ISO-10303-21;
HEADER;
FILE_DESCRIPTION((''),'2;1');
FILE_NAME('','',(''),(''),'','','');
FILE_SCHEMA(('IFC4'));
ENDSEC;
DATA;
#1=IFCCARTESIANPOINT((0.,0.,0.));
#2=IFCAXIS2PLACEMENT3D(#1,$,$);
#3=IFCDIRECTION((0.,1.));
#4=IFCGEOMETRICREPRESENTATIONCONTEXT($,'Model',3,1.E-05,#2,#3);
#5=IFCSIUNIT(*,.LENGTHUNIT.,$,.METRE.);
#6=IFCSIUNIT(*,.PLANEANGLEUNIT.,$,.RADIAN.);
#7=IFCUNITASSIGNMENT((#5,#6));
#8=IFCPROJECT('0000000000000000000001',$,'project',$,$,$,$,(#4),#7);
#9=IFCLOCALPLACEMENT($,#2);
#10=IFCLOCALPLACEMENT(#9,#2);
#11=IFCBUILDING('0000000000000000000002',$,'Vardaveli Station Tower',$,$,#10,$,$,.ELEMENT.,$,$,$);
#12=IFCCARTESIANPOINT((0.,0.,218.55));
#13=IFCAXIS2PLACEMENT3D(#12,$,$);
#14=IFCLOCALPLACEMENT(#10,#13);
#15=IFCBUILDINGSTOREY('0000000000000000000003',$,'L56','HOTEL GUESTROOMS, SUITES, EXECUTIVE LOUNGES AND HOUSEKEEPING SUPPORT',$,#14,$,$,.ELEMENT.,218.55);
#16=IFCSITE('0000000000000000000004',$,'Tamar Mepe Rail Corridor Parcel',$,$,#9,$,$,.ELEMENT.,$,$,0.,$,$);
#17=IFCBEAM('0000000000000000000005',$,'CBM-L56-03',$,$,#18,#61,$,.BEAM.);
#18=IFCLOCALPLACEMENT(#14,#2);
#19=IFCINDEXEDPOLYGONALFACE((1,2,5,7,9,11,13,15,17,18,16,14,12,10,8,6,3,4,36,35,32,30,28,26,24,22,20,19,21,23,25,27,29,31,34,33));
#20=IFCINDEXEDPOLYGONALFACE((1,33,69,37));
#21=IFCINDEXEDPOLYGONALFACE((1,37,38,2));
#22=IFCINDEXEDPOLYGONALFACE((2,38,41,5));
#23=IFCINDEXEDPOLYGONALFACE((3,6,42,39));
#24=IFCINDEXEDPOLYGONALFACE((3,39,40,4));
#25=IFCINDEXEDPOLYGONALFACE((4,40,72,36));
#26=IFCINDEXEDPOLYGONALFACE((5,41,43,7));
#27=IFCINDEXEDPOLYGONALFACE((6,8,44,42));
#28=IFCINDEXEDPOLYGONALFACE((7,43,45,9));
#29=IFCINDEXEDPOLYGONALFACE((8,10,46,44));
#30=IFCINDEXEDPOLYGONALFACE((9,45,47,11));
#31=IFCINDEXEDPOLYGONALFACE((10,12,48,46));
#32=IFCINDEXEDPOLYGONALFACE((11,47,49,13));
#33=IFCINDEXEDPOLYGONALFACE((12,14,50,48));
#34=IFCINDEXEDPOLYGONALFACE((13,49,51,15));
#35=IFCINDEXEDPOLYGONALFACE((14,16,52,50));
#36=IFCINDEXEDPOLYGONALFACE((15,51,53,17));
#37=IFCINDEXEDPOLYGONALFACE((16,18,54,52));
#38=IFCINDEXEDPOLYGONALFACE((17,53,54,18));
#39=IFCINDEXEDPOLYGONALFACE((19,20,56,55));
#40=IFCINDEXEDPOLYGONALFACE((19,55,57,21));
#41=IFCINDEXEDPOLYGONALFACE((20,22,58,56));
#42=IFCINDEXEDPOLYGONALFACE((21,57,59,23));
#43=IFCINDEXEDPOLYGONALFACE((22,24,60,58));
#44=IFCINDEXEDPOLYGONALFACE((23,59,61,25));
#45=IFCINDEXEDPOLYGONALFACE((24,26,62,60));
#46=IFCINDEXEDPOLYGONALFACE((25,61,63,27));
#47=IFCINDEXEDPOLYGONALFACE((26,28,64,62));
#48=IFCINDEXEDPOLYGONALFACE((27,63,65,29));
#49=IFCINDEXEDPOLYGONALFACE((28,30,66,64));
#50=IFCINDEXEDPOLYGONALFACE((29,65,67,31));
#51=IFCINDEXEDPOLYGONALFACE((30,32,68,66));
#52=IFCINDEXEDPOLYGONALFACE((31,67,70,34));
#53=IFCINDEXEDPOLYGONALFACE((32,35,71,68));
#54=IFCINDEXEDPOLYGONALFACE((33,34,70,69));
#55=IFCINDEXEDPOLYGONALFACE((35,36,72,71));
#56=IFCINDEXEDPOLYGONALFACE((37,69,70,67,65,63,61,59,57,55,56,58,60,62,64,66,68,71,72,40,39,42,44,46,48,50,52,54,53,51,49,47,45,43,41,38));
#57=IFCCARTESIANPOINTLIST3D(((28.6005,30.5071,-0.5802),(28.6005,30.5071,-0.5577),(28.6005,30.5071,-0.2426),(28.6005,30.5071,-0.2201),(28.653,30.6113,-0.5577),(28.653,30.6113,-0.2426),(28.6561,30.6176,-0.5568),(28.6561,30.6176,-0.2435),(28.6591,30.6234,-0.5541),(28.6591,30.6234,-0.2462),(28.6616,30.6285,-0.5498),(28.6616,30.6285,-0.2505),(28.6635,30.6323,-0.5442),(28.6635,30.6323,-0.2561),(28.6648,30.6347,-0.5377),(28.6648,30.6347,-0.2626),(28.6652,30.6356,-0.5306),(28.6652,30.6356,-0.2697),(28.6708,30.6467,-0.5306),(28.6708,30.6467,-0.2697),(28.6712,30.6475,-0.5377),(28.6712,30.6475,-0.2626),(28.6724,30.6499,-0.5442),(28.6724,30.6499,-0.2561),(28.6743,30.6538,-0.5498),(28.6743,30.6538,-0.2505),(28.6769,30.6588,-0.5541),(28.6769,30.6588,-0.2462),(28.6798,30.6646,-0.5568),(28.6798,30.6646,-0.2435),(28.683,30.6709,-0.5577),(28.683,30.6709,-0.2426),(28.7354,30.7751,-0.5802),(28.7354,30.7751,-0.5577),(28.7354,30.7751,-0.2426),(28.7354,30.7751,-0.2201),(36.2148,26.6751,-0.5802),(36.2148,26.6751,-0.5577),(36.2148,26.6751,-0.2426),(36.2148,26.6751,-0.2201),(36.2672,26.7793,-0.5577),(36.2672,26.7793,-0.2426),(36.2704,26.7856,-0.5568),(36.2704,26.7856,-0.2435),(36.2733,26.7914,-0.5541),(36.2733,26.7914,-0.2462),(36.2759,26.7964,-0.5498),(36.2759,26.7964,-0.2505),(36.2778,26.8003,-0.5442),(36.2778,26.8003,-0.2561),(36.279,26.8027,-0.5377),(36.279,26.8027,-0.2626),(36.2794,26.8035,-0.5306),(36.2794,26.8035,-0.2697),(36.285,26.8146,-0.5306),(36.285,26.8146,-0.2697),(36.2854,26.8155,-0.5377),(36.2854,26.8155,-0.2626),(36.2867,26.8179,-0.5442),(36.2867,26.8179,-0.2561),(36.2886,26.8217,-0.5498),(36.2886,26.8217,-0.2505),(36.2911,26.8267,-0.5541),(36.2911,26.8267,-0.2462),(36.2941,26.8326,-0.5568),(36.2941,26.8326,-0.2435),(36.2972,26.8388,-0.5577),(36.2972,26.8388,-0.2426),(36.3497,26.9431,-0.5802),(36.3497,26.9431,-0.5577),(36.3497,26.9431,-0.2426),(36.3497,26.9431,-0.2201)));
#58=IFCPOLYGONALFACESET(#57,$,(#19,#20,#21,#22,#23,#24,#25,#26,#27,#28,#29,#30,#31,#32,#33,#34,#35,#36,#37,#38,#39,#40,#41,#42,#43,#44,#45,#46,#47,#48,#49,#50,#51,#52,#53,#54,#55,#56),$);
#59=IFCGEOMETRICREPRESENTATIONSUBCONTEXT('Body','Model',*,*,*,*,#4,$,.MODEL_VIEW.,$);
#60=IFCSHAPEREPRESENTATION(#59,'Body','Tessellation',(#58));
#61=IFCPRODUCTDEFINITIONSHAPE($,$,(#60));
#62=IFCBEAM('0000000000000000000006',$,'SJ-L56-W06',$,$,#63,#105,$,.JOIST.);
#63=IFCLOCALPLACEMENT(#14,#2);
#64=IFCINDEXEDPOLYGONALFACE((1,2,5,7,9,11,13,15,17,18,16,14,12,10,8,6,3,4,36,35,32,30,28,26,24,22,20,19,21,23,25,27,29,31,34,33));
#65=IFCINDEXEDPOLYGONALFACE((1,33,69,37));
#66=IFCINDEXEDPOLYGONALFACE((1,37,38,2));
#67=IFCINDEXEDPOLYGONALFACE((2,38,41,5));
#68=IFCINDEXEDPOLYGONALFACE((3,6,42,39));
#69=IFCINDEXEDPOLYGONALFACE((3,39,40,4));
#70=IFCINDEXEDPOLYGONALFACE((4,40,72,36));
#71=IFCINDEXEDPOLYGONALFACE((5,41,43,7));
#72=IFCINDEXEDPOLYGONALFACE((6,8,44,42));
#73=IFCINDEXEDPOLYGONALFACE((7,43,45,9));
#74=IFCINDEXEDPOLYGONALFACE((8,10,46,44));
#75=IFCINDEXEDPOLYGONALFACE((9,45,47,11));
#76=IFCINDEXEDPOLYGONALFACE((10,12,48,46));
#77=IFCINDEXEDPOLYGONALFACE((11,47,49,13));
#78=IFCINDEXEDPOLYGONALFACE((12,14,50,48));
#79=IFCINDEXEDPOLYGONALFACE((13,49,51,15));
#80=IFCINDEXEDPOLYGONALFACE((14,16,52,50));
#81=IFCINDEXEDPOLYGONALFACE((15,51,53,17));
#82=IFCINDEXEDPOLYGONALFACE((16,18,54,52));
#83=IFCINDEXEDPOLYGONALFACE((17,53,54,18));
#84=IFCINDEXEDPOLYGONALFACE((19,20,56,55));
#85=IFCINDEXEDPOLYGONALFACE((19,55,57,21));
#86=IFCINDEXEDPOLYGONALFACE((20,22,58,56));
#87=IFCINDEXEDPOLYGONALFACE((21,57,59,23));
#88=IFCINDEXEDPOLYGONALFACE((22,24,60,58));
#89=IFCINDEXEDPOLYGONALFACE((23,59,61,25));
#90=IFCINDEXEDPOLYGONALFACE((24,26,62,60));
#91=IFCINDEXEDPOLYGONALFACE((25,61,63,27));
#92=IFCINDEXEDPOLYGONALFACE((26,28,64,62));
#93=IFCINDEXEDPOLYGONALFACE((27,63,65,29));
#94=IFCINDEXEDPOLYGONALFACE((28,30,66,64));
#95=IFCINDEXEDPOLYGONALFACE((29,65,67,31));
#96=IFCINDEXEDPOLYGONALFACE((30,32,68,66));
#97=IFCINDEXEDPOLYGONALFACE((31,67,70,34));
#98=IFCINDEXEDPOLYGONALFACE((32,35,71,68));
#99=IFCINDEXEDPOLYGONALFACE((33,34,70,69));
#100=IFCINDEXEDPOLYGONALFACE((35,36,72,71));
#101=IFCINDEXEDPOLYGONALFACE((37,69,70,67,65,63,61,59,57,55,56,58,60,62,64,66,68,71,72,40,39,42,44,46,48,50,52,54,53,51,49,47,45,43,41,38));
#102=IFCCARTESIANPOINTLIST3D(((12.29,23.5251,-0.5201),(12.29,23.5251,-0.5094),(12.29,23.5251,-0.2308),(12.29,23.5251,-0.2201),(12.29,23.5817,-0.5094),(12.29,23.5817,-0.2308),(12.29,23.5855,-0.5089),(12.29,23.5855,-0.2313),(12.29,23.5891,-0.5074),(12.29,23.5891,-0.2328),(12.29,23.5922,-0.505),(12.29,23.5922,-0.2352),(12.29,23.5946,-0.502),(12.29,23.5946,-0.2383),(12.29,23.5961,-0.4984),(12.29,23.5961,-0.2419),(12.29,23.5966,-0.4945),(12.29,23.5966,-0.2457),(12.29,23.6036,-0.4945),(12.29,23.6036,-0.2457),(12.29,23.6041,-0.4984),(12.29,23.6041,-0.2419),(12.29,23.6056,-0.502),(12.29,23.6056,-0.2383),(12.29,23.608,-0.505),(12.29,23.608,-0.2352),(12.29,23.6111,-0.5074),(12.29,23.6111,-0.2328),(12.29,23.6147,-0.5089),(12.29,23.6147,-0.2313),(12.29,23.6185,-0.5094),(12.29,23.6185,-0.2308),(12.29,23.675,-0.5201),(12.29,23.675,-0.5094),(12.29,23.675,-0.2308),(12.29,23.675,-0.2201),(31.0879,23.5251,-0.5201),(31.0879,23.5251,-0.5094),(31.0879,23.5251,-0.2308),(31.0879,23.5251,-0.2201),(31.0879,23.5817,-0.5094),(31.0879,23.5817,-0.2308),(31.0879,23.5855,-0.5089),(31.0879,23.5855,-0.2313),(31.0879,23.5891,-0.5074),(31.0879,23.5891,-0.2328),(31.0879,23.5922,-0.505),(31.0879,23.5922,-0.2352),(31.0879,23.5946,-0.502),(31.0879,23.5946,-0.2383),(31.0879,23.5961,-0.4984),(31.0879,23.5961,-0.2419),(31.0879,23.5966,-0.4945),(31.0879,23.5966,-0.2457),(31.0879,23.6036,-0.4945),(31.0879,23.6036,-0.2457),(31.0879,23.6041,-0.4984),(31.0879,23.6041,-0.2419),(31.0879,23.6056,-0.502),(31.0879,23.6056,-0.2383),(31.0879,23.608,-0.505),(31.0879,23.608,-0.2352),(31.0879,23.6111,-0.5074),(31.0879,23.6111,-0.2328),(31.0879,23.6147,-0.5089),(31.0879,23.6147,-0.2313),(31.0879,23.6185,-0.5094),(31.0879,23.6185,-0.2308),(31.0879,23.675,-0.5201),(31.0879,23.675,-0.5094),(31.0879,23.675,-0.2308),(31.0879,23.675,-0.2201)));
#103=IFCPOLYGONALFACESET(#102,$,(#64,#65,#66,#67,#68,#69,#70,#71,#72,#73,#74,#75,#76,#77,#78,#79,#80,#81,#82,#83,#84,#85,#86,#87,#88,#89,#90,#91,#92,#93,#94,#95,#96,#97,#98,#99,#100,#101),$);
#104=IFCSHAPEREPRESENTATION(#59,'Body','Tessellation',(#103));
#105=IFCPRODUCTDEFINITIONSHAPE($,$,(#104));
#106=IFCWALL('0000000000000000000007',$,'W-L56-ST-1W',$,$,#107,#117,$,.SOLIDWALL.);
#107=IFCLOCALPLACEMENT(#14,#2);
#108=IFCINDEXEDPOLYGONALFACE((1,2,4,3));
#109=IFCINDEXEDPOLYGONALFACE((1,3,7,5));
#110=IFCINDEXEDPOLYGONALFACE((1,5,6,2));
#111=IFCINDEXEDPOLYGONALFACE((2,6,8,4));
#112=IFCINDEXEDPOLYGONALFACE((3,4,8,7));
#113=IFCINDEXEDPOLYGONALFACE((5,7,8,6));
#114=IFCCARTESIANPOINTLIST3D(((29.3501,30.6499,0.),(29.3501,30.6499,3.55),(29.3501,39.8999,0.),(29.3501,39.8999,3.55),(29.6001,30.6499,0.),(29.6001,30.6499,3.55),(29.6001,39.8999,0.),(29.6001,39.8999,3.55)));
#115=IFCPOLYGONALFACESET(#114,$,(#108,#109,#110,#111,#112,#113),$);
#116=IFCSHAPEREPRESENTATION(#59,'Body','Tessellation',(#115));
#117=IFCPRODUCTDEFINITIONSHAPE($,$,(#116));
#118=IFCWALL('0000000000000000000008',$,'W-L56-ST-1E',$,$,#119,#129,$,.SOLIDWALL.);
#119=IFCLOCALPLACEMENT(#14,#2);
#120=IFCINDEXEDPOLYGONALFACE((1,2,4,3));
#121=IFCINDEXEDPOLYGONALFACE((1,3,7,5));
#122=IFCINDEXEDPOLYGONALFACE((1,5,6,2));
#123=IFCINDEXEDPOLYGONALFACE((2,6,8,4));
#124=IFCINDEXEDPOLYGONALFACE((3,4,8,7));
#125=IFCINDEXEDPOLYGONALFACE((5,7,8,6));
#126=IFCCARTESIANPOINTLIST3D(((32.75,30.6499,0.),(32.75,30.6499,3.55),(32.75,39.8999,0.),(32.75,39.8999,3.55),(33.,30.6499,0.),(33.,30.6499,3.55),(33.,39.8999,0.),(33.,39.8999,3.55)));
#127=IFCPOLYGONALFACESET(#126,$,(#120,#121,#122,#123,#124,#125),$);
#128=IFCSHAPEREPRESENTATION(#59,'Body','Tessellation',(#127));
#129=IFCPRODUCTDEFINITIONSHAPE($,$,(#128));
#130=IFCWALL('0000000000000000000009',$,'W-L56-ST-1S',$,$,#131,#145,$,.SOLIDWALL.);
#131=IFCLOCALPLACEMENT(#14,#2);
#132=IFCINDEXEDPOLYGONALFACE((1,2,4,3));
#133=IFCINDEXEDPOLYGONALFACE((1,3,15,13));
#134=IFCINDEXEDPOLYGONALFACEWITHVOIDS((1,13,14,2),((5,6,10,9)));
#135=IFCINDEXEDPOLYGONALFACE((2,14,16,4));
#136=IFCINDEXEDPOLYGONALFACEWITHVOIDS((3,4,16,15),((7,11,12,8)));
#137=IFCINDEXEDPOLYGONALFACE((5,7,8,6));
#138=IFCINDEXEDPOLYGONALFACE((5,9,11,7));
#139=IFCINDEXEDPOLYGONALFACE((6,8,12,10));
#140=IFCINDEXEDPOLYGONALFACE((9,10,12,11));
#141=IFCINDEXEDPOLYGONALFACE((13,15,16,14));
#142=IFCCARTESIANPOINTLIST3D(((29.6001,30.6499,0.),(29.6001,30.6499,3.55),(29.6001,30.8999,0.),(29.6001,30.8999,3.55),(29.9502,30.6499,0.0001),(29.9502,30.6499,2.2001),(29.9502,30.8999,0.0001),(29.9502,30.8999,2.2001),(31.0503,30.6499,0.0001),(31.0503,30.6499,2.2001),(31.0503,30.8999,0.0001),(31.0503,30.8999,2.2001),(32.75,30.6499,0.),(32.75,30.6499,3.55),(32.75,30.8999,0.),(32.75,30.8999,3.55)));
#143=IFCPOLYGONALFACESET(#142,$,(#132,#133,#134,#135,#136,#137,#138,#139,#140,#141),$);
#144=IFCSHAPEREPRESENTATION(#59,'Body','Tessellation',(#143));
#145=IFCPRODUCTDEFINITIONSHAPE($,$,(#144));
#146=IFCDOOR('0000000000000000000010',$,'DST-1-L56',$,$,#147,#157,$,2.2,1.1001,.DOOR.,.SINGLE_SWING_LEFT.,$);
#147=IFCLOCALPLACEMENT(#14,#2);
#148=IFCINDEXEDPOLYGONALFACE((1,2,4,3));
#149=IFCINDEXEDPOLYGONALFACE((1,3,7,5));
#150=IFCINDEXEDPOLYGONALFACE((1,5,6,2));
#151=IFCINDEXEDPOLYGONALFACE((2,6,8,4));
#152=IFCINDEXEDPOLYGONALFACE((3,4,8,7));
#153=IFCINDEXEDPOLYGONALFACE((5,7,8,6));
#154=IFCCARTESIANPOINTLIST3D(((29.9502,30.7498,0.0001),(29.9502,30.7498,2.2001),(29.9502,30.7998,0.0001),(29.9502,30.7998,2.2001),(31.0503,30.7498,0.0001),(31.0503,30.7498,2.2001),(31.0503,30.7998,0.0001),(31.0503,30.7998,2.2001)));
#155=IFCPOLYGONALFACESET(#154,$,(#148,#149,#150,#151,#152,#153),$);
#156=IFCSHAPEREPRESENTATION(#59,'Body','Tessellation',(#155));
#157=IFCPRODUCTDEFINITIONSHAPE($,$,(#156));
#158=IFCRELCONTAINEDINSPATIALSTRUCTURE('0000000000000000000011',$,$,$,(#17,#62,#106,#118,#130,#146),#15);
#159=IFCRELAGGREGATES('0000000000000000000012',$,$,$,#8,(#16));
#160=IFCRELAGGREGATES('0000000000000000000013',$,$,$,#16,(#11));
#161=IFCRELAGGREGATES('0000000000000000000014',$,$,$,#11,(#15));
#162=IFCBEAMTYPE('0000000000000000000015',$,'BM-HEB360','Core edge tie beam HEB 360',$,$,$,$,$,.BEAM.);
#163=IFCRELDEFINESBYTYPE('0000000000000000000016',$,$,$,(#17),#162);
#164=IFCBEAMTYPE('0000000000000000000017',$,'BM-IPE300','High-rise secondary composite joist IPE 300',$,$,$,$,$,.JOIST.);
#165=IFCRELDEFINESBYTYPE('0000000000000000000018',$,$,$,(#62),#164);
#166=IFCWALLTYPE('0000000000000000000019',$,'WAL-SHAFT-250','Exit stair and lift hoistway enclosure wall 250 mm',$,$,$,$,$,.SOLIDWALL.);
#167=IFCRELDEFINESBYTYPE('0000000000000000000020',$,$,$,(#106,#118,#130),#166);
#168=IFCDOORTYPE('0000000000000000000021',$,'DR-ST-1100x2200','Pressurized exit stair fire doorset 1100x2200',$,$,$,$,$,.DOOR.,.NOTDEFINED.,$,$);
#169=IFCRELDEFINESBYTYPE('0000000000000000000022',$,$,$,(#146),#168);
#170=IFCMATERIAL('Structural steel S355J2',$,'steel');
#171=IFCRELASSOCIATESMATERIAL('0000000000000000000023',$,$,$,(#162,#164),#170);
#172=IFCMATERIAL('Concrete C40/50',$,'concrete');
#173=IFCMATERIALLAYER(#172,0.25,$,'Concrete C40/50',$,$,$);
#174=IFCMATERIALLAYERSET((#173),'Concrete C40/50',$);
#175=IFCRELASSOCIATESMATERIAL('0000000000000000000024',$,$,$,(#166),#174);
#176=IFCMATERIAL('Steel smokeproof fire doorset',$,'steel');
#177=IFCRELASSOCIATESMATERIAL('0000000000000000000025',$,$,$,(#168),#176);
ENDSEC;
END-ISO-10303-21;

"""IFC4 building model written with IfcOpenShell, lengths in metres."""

from ifc_helpers import new_model, si_unit, direction, frame, frame_2d, origin, origin_2d, place, context, subcontext, project, spatial, rectangle, i_section, extrude, source, transform, mapped, material, layer, layer_set, material_profile, profile_set, type_object, element, fill, save


model = new_model("IFC4")

# Units and contexts
model_context = context("Model", 3, precision=1e-05, world=origin(), true_north=direction((0.0, 1.0)))
body_context = subcontext(model_context, "Body", "Model", "MODEL_VIEW")
ifc_project = project(units=[si_unit("LENGTHUNIT", "METRE"), si_unit("PLANEANGLEUNIT", "RADIAN")], contexts=[model_context])

# Site, building, storey
site_placement = place(None, origin())
site = spatial("IfcSite", under=ifc_project, at=site_placement, Name="Tamar Mepe Rail Corridor Parcel", CompositionType="ELEMENT", RefElevation=0.0)
building_placement = place(site_placement, origin())
building = spatial("IfcBuilding", under=site, at=building_placement, Name="Vardaveli Station Tower", CompositionType="ELEMENT")
storey_placement = place(building_placement, frame((0.0, 0.0, 218.55)))
storey = spatial("IfcBuildingStorey", under=building, at=storey_placement, Name="L56", Description="HOTEL GUESTROOMS, SUITES, EXECUTIVE LOUNGES AND HOUSEKEEPING SUPPORT", CompositionType="ELEMENT", Elevation=218.55)

# Beams
ifc_material_1 = material(Name="Structural steel S355J2", Category="steel")
ifc_material_profile_1 = material_profile(ifc_material_1, i_section(OverallWidth=0.3, OverallDepth=0.3601, WebThickness=0.0125, FlangeThickness=0.0225, FilletRadius=0.0271, at=origin_2d()), Name="HEB 360")
ifc_profile_set_1 = profile_set([ifc_material_profile_1], Name="Structural steel S355J2")
beam_type_1 = type_object("IfcBeamType", Name="BM-HEB360", Description="Core edge tie beam HEB 360", PredefinedType="BEAM", material=ifc_profile_set_1)
shared_shape_1 = source(origin(), body_context, "Body", "SweptSolid", [
    extrude(i_section(OverallWidth=0.3, OverallDepth=0.3601, WebThickness=0.0125, FlangeThickness=0.0225, FilletRadius=0.0271, at=origin_2d()), origin(), (0.0, 0.0, 1.0), 8.5242),
])
beam_1_placement = place(storey_placement, frame((28.668, 30.6411, -0.4001), z_axis=(0.893256, -0.449549, 0.0), x_axis=(0.449549, 0.893256, 0.0)))
element("IfcBeam", 1, at=beam_1_placement, inside=storey, type_object=beam_type_1, Name="CBM-L56-03", PredefinedType="BEAM", context=body_context, shape_type="MappedRepresentation", body=[
    mapped(shared_shape_1, transform((0.0, 0.0, 0.0), scale=1.0)),
])
ifc_material_profile_2 = material_profile(ifc_material_1, i_section(OverallWidth=0.1499, OverallDepth=0.3, WebThickness=0.0071, FlangeThickness=0.0107, FilletRadius=0.0149, at=origin_2d()), Name="IPE 300")
ifc_profile_set_2 = profile_set([ifc_material_profile_2], Name="Structural steel S355J2")
beam_type_2 = type_object("IfcBeamType", Name="BM-IPE300", Description="High-rise secondary composite joist IPE 300", PredefinedType="JOIST", material=ifc_profile_set_2)
shared_shape_2 = source(origin(), body_context, "Body", "SweptSolid", [
    extrude(i_section(OverallWidth=0.1499, OverallDepth=0.3, WebThickness=0.0071, FlangeThickness=0.0107, FilletRadius=0.0149, at=origin_2d()), origin(), (0.0, 0.0, 1.0), 18.7979),
])
beam_2_placement = place(storey_placement, frame((12.29, 23.6001, -0.3701), z_axis=(1.0, 0.0, 0.0), x_axis=(0.0, 1.0, 0.0)))
element("IfcBeam", 2, at=beam_2_placement, inside=storey, type_object=beam_type_2, Name="SJ-L56-W06", PredefinedType="JOIST", context=body_context, shape_type="MappedRepresentation", body=[
    mapped(shared_shape_2, transform((0.0, 0.0, 0.0), scale=1.0)),
])

# Walls
ifc_material_2 = material(Name="Concrete C40/50", Category="concrete")
ifc_layer_1 = layer(ifc_material_2, 0.25, Name="Concrete C40/50")
ifc_layer_set_1 = layer_set([ifc_layer_1], Name="Concrete C40/50")
wall_type_1 = type_object("IfcWallType", Name="WAL-SHAFT-250", Description="Exit stair and lift hoistway enclosure wall 250 mm", PredefinedType="SOLIDWALL", material=ifc_layer_set_1)
shared_shape_3 = source(origin(), body_context, "Body", "SweptSolid", [
    extrude(rectangle(XDim=9.25, YDim=0.25, at=frame_2d((4.625, 0.0))), origin(), (0.0, 0.0, 1.0), 3.55),
])
for number, where, z_axis, x_axis, name in (
    (3, (29.4751, 30.6499, 0.0), (0.0, 0.0, 1.0), (0.0, 1.0, 0.0), "W-L56-ST-1W"),
    (4, (32.875, 30.6499, 0.0), (0.0, 0.0, 1.0), (0.0, 1.0, 0.0), "W-L56-ST-1E"),
):
    element("IfcWall", number, at=place(storey_placement, frame(where, z_axis=z_axis, x_axis=x_axis)), inside=storey, type_object=wall_type_1, Name=name, PredefinedType="SOLIDWALL", context=body_context, shape_type="MappedRepresentation", body=[
        mapped(shared_shape_3, transform((0.0, 0.0, 0.0), scale=1.0)),
    ])

# Wall, opening, door
shared_shape_4 = source(origin(), body_context, "Body", "SweptSolid", [
    extrude(rectangle(XDim=3.1499, YDim=0.25, at=frame_2d((1.575, 0.0))), origin(), (0.0, 0.0, 1.0), 3.55),
])
wall_1_placement = place(storey_placement, frame((29.6001, 30.7749, 0.0), z_axis=(0.0, 0.0, 1.0), x_axis=(1.0, 0.0, 0.0)))
wall_1 = element("IfcWall", 5, at=wall_1_placement, inside=storey, type_object=wall_type_1, Name="W-L56-ST-1S", PredefinedType="SOLIDWALL", context=body_context, shape_type="MappedRepresentation", body=[
    mapped(shared_shape_4, transform((0.0, 0.0, 0.0), scale=1.0)),
])
shared_shape_5 = source(origin(), body_context, "Body", "SweptSolid", [
    extrude(rectangle(XDim=1.1001, YDim=2.2, at=frame_2d((0.55, 1.1001))), frame((0.0, 0.135, 0.0), z_axis=(0.0, -1.0, 0.0), x_axis=(1.0, 0.0, 0.0)), (0.0, 0.0, 1.0), 0.27),
])
opening_1_placement = place(wall_1_placement, frame((0.3501, 0.0, 0.0)))
opening_1 = element("IfcOpeningElement", 6, at=opening_1_placement, cuts=wall_1, PredefinedType="OPENING", context=body_context, shape_type="MappedRepresentation", body=[
    mapped(shared_shape_5, transform((0.0, 0.0, 0.0), scale=1.0)),
])
ifc_material_3 = material(Name="Steel smokeproof fire doorset", Category="steel")
door_type_1 = type_object("IfcDoorType", Name="DR-ST-1100x2200", Description="Pressurized exit stair fire doorset 1100x2200", OperationType="NOTDEFINED", PredefinedType="DOOR", material=ifc_material_3)
shared_shape_6 = source(origin(), body_context, "Body", "SweptSolid", [
    extrude(rectangle(XDim=1.1001, YDim=2.2, at=frame_2d((0.55, 1.1001))), frame((0.0, 0.0249, 0.0), z_axis=(0.0, -1.0, 0.0), x_axis=(1.0, 0.0, 0.0)), (0.0, 0.0, 1.0), 0.05),
])
door_1_placement = place(opening_1_placement, origin())
door_1 = element("IfcDoor", 7, at=door_1_placement, inside=storey, type_object=door_type_1, Name="DST-1-L56", OperationType="SINGLE_SWING_LEFT", OverallHeight=2.2, OverallWidth=1.1001, PredefinedType="DOOR", context=body_context, shape_type="MappedRepresentation", body=[
    mapped(shared_shape_6, transform((0.0, 0.0, 0.0), scale=1.0)),
])
fill(opening_1, door_1)

save(model, "model.ifc")
